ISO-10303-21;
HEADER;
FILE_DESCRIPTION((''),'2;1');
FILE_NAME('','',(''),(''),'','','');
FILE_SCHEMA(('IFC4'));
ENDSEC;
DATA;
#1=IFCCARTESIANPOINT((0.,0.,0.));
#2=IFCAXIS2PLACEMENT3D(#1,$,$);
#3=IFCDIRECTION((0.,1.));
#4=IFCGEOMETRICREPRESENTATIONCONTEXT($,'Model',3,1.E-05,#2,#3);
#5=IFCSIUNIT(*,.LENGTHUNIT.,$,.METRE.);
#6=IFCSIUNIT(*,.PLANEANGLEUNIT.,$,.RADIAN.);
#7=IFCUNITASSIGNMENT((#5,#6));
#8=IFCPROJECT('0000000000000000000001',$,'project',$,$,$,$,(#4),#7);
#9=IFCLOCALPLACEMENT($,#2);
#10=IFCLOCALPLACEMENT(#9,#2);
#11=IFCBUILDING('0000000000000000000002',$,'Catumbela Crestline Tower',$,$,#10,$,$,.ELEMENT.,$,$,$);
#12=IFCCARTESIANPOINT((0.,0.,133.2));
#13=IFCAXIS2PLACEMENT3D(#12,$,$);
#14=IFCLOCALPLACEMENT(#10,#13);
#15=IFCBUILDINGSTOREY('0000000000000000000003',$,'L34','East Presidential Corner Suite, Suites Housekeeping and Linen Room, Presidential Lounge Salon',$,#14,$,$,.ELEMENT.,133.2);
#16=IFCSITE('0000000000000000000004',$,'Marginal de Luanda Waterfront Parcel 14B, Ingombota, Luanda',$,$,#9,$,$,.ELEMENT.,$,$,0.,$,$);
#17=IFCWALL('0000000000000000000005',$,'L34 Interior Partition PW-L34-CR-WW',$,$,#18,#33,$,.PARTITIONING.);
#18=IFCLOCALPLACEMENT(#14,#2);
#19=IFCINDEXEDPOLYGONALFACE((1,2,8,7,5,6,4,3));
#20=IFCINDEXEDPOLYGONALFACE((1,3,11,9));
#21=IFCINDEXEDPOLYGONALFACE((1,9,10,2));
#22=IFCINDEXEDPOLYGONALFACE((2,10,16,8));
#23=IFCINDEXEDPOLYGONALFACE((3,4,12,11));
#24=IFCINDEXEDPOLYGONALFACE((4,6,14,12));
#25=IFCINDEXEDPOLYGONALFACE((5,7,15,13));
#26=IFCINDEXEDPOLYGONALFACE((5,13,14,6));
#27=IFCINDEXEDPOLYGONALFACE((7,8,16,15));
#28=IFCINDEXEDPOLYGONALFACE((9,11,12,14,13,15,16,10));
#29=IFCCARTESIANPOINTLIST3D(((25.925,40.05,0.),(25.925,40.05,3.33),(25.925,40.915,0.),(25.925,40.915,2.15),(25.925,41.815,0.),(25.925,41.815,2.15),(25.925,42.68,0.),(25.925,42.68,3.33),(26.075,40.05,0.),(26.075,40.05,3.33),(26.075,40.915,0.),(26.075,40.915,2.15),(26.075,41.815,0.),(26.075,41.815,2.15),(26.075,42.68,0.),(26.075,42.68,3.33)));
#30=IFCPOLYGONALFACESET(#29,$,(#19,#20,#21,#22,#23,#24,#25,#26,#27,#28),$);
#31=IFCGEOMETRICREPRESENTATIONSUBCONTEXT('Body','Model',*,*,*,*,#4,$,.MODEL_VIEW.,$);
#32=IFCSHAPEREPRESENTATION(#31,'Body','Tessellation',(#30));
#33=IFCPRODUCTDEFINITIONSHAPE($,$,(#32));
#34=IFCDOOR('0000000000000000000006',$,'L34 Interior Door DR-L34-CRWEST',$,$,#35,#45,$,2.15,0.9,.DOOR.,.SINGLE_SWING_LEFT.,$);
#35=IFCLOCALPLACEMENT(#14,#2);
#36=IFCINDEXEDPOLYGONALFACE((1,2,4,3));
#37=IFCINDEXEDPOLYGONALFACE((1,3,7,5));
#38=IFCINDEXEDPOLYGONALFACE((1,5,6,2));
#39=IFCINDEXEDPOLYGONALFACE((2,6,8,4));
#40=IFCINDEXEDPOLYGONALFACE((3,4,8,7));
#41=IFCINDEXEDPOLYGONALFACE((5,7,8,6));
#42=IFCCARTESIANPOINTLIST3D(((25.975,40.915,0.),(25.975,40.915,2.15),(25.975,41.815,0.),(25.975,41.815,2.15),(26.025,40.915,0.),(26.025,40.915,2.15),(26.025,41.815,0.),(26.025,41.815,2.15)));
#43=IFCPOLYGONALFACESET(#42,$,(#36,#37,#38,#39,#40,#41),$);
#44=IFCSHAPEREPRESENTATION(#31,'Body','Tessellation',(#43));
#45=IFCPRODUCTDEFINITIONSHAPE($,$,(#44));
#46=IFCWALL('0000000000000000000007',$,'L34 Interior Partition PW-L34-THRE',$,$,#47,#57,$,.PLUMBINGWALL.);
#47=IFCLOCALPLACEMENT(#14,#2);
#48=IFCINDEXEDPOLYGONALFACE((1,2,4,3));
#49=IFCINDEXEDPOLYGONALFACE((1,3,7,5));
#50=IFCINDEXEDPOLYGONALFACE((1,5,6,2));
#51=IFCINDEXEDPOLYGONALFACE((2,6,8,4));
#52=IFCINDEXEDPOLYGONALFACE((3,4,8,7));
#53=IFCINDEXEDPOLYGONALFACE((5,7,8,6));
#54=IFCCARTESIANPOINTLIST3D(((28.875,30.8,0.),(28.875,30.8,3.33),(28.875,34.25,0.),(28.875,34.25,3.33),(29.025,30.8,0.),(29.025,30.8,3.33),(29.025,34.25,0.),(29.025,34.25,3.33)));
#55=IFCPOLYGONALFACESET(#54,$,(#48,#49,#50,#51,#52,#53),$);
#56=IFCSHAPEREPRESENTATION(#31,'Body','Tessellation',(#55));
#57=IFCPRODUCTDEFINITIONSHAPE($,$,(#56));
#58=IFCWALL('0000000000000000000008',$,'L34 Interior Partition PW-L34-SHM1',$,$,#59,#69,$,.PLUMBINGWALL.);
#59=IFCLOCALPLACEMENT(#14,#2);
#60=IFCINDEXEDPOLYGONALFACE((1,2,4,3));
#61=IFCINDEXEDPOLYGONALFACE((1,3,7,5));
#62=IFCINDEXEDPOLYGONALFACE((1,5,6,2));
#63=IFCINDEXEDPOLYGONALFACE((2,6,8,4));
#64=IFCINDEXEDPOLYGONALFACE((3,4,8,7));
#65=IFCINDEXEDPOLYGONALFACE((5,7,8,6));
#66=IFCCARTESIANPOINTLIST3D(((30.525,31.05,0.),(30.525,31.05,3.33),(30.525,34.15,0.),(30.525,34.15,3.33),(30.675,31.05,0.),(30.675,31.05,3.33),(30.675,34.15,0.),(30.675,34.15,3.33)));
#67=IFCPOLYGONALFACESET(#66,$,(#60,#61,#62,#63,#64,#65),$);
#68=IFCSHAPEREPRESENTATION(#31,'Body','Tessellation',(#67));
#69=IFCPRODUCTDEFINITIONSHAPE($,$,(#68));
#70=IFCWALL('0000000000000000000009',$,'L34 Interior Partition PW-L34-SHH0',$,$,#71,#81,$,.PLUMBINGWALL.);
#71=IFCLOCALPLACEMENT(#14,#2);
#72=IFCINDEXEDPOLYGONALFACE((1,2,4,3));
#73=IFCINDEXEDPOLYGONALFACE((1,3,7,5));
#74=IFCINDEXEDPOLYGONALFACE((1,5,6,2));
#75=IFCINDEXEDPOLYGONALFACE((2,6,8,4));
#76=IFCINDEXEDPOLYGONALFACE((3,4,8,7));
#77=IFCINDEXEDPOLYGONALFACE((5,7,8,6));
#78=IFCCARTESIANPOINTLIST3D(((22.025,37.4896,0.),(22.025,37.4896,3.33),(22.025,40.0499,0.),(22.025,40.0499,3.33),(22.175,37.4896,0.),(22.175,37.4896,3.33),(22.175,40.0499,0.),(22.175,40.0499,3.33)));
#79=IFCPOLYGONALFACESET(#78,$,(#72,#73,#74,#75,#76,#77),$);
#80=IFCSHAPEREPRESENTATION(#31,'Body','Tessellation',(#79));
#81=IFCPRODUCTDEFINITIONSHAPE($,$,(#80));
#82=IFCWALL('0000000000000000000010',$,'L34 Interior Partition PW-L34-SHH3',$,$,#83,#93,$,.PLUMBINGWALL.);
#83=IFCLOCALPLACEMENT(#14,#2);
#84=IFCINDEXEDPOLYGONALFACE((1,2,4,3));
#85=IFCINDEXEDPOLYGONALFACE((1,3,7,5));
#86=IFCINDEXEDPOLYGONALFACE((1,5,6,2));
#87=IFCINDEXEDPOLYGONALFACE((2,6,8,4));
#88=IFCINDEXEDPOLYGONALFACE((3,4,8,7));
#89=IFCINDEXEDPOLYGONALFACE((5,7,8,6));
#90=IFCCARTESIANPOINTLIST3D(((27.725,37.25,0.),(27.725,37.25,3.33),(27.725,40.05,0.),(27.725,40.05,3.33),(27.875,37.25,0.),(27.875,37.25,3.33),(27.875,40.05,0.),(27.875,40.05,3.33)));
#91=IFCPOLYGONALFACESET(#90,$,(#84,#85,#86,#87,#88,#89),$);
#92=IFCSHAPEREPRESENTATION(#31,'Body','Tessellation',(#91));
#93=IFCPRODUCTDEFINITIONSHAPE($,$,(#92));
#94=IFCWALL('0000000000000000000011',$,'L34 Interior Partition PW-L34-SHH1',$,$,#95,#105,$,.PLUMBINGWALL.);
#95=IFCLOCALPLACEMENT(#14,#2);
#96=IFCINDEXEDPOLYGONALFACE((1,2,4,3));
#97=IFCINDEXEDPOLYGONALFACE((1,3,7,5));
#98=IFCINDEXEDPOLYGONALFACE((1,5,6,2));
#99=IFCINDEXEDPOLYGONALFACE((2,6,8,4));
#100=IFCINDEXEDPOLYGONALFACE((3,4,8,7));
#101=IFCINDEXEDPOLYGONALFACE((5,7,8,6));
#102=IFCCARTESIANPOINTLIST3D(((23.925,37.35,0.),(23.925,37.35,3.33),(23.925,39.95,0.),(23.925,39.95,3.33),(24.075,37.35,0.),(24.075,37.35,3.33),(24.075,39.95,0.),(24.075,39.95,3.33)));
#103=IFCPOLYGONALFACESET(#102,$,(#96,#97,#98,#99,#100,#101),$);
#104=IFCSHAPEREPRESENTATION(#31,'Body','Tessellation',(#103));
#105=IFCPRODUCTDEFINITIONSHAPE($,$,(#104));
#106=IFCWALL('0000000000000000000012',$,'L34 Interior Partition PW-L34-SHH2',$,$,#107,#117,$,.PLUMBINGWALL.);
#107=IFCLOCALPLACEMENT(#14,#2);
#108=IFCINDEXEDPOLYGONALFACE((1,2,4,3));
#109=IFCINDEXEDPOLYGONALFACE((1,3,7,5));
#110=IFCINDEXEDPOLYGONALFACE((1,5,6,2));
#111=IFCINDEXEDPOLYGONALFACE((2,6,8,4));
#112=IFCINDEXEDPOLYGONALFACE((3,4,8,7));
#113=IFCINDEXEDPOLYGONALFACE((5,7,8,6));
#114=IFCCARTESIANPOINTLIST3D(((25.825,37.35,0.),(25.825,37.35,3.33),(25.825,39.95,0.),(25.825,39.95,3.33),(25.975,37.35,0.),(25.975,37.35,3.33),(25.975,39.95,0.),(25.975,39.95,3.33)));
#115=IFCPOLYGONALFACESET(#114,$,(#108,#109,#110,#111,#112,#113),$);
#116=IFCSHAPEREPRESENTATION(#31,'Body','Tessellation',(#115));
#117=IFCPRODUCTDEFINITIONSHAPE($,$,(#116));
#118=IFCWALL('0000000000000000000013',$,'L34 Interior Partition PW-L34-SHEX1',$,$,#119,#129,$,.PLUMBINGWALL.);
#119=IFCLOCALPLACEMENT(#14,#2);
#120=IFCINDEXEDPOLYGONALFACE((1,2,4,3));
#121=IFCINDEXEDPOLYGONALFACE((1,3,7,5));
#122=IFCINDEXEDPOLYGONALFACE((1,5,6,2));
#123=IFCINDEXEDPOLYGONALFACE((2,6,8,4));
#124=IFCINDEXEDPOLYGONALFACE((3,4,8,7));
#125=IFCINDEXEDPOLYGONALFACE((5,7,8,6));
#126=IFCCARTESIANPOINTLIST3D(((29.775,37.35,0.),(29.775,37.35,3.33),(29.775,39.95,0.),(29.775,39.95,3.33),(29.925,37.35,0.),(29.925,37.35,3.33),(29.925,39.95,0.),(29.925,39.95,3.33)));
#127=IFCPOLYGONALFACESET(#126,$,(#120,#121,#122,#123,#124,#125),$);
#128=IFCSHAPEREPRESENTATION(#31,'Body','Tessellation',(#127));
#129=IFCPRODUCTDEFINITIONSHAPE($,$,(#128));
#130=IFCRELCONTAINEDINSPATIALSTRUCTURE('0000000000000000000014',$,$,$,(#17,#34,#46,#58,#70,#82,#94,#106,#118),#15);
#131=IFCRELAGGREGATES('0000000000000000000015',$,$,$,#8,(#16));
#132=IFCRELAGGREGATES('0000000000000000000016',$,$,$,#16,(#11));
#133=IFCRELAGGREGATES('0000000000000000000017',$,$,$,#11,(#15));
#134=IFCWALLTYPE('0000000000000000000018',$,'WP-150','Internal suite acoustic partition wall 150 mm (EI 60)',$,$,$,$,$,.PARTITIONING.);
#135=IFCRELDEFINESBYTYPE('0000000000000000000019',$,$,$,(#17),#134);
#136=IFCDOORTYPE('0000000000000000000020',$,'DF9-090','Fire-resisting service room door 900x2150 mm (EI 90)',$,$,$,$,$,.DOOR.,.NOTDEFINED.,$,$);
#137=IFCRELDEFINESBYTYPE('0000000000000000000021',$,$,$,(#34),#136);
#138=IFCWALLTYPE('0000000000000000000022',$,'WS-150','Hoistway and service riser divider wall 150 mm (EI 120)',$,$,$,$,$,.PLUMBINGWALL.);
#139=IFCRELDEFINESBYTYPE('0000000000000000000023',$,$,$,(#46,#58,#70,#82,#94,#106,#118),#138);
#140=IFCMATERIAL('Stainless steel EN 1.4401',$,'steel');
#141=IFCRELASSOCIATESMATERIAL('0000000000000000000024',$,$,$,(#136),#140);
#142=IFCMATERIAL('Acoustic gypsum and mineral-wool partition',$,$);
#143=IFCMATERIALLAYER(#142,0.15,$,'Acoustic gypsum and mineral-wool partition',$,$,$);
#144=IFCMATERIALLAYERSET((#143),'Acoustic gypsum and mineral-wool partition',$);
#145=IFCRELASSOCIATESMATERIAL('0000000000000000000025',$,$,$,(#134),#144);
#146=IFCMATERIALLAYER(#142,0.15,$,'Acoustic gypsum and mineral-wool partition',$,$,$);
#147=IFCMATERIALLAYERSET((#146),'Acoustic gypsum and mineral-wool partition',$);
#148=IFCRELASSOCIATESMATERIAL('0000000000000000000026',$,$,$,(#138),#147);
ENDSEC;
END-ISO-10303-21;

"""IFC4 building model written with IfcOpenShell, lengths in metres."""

from ifc_helpers import new_model, si_unit, direction, frame, frame_2d, origin, place, context, subcontext, project, spatial, rectangle, extrude, material, layer, layer_set, type_object, element, fill, save


model = new_model("IFC4")

# Units and contexts
model_context = context("Model", 3, precision=1e-05, world=origin(), true_north=direction((0.0, 1.0)))
body_context = subcontext(model_context, "Body", "Model", "MODEL_VIEW")
ifc_project = project(units=[si_unit("LENGTHUNIT", "METRE"), si_unit("PLANEANGLEUNIT", "RADIAN")], contexts=[model_context])

# Site, building, storey
site_placement = place(None, origin())
site = spatial("IfcSite", under=ifc_project, at=site_placement, Name="Marginal de Luanda Waterfront Parcel 14B, Ingombota, Luanda", CompositionType="ELEMENT", RefElevation=0.0)
building_placement = place(site_placement, origin())
building = spatial("IfcBuilding", under=site, at=building_placement, Name="Catumbela Crestline Tower", CompositionType="ELEMENT")
storey_placement = place(building_placement, frame((0.0, 0.0, 133.2)))
storey = spatial("IfcBuildingStorey", under=building, at=storey_placement, Name="L34", Description="East Presidential Corner Suite, Suites Housekeeping and Linen Room, Presidential Lounge Salon", CompositionType="ELEMENT", Elevation=133.2)

# Shared definitions
ifc_material_1 = material(Name="Stainless steel EN 1.4401", Category="steel")

# Shared definitions
door_type_1 = type_object("IfcDoorType", Name="DF9-090", Description="Fire-resisting service room door 900x2150 mm (EI 90)", OperationType="NOTDEFINED", PredefinedType="DOOR", material=ifc_material_1)

# Wall, opening, door
ifc_material_2 = material(Name="Acoustic gypsum and mineral-wool partition")
ifc_layer_1 = layer(ifc_material_2, 0.15, Name="Acoustic gypsum and mineral-wool partition")
ifc_layer_set_1 = layer_set([ifc_layer_1], Name="Acoustic gypsum and mineral-wool partition")
wall_type_1 = type_object("IfcWallType", Name="WP-150", Description="Internal suite acoustic partition wall 150 mm (EI 60)", PredefinedType="PARTITIONING", material=ifc_layer_set_1)
wall_1_placement = place(storey_placement, frame((26.0, 40.05, 0.0), z_axis=(0.0, 0.0, 1.0), x_axis=(0.0, 1.0, 0.0)))
wall_1 = element("IfcWall", 1, at=wall_1_placement, inside=storey, type_object=wall_type_1, Name="L34 Interior Partition PW-L34-CR-WW", PredefinedType="PARTITIONING", context=body_context, shape_type="SweptSolid", body=[
    extrude(rectangle(XDim=2.63, YDim=0.15, at=frame_2d((1.315, 0.0))), origin(), (0.0, 0.0, 1.0), 3.33),
])
opening_1_placement = place(wall_1_placement, frame((0.865, 0.0, 0.0)))
opening_1 = element("IfcOpeningElement", 2, at=opening_1_placement, cuts=wall_1, PredefinedType="OPENING", context=body_context, shape_type="SweptSolid", body=[
    extrude(rectangle(XDim=0.9, YDim=2.15, at=frame_2d((0.45, 1.075))), frame((0.0, 0.085, 0.0), z_axis=(0.0, -1.0, 0.0), x_axis=(1.0, 0.0, 0.0)), (0.0, 0.0, 1.0), 0.17),
])
door_1_placement = place(opening_1_placement, origin())
door_1 = element("IfcDoor", 3, at=door_1_placement, inside=storey, type_object=door_type_1, Name="L34 Interior Door DR-L34-CRWEST", OperationType="SINGLE_SWING_LEFT", OverallHeight=2.15, OverallWidth=0.9, PredefinedType="DOOR", context=body_context, shape_type="SweptSolid", body=[
    extrude(rectangle(XDim=0.9, YDim=2.15, at=frame_2d((0.45, 1.075))), frame((0.0, 0.025, 0.0), z_axis=(0.0, -1.0, 0.0), x_axis=(1.0, 0.0, 0.0)), (0.0, 0.0, 1.0), 0.05),
])
fill(opening_1, door_1)

# Walls
ifc_layer_2 = layer(ifc_material_2, 0.15, Name="Acoustic gypsum and mineral-wool partition")
ifc_layer_set_2 = layer_set([ifc_layer_2], Name="Acoustic gypsum and mineral-wool partition")
wall_type_2 = type_object("IfcWallType", Name="WS-150", Description="Hoistway and service riser divider wall 150 mm (EI 120)", PredefinedType="PLUMBINGWALL", material=ifc_layer_set_2)
wall_2_placement = place(storey_placement, frame((28.95, 30.8, 0.0), z_axis=(0.0, 0.0, 1.0), x_axis=(0.0, 1.0, 0.0)))
element("IfcWall", 4, at=wall_2_placement, inside=storey, type_object=wall_type_2, Name="L34 Interior Partition PW-L34-THRE", PredefinedType="PLUMBINGWALL", context=body_context, shape_type="SweptSolid", body=[
    extrude(rectangle(XDim=3.45, YDim=0.15, at=frame_2d((1.725, 0.0))), origin(), (0.0, 0.0, 1.0), 3.33),
])
wall_3_placement = place(storey_placement, frame((30.6, 31.05, 0.0), z_axis=(0.0, 0.0, 1.0), x_axis=(0.0, 1.0, 0.0)))
element("IfcWall", 5, at=wall_3_placement, inside=storey, type_object=wall_type_2, Name="L34 Interior Partition PW-L34-SHM1", PredefinedType="PLUMBINGWALL", context=body_context, shape_type="SweptSolid", body=[
    extrude(rectangle(XDim=3.1, YDim=0.15, at=frame_2d((1.55, 0.0))), origin(), (0.0, 0.0, 1.0), 3.33),
])
wall_4_placement = place(storey_placement, frame((22.1, 37.4897, 0.0), z_axis=(0.0, 0.0, 1.0), x_axis=(0.0, 1.0, 0.0)))
element("IfcWall", 6, at=wall_4_placement, inside=storey, type_object=wall_type_2, Name="L34 Interior Partition PW-L34-SHH0", PredefinedType="PLUMBINGWALL", context=body_context, shape_type="SweptSolid", body=[
    extrude(rectangle(XDim=2.5603, YDim=0.15, at=frame_2d((1.2801, 0.0))), origin(), (0.0, 0.0, 1.0), 3.33),
])
wall_5_placement = place(storey_placement, frame((27.8, 37.25, 0.0), z_axis=(0.0, 0.0, 1.0), x_axis=(0.0, 1.0, 0.0)))
element("IfcWall", 7, at=wall_5_placement, inside=storey, type_object=wall_type_2, Name="L34 Interior Partition PW-L34-SHH3", PredefinedType="PLUMBINGWALL", context=body_context, shape_type="SweptSolid", body=[
    extrude(rectangle(XDim=2.8, YDim=0.15, at=frame_2d((1.4, 0.0))), origin(), (0.0, 0.0, 1.0), 3.33),
])
for number, where, z_axis, x_axis, name in (
    (8, (24.0, 37.35, 0.0), (0.0, 0.0, 1.0), (0.0, 1.0, 0.0), "L34 Interior Partition PW-L34-SHH1"),
    (9, (25.9, 37.35, 0.0), (0.0, 0.0, 1.0), (0.0, 1.0, 0.0), "L34 Interior Partition PW-L34-SHH2"),
    (10, (29.85, 37.35, 0.0), (0.0, 0.0, 1.0), (0.0, 1.0, 0.0), "L34 Interior Partition PW-L34-SHEX1"),
):
    element("IfcWall", number, at=place(storey_placement, frame(where, z_axis=z_axis, x_axis=x_axis)), inside=storey, type_object=wall_type_2, Name=name, PredefinedType="PLUMBINGWALL", context=body_context, shape_type="SweptSolid", body=[
        extrude(rectangle(XDim=2.6, YDim=0.15, at=frame_2d((1.3, 0.0))), origin(), (0.0, 0.0, 1.0), 3.33),
    ])

save(model, "model.ifc")
